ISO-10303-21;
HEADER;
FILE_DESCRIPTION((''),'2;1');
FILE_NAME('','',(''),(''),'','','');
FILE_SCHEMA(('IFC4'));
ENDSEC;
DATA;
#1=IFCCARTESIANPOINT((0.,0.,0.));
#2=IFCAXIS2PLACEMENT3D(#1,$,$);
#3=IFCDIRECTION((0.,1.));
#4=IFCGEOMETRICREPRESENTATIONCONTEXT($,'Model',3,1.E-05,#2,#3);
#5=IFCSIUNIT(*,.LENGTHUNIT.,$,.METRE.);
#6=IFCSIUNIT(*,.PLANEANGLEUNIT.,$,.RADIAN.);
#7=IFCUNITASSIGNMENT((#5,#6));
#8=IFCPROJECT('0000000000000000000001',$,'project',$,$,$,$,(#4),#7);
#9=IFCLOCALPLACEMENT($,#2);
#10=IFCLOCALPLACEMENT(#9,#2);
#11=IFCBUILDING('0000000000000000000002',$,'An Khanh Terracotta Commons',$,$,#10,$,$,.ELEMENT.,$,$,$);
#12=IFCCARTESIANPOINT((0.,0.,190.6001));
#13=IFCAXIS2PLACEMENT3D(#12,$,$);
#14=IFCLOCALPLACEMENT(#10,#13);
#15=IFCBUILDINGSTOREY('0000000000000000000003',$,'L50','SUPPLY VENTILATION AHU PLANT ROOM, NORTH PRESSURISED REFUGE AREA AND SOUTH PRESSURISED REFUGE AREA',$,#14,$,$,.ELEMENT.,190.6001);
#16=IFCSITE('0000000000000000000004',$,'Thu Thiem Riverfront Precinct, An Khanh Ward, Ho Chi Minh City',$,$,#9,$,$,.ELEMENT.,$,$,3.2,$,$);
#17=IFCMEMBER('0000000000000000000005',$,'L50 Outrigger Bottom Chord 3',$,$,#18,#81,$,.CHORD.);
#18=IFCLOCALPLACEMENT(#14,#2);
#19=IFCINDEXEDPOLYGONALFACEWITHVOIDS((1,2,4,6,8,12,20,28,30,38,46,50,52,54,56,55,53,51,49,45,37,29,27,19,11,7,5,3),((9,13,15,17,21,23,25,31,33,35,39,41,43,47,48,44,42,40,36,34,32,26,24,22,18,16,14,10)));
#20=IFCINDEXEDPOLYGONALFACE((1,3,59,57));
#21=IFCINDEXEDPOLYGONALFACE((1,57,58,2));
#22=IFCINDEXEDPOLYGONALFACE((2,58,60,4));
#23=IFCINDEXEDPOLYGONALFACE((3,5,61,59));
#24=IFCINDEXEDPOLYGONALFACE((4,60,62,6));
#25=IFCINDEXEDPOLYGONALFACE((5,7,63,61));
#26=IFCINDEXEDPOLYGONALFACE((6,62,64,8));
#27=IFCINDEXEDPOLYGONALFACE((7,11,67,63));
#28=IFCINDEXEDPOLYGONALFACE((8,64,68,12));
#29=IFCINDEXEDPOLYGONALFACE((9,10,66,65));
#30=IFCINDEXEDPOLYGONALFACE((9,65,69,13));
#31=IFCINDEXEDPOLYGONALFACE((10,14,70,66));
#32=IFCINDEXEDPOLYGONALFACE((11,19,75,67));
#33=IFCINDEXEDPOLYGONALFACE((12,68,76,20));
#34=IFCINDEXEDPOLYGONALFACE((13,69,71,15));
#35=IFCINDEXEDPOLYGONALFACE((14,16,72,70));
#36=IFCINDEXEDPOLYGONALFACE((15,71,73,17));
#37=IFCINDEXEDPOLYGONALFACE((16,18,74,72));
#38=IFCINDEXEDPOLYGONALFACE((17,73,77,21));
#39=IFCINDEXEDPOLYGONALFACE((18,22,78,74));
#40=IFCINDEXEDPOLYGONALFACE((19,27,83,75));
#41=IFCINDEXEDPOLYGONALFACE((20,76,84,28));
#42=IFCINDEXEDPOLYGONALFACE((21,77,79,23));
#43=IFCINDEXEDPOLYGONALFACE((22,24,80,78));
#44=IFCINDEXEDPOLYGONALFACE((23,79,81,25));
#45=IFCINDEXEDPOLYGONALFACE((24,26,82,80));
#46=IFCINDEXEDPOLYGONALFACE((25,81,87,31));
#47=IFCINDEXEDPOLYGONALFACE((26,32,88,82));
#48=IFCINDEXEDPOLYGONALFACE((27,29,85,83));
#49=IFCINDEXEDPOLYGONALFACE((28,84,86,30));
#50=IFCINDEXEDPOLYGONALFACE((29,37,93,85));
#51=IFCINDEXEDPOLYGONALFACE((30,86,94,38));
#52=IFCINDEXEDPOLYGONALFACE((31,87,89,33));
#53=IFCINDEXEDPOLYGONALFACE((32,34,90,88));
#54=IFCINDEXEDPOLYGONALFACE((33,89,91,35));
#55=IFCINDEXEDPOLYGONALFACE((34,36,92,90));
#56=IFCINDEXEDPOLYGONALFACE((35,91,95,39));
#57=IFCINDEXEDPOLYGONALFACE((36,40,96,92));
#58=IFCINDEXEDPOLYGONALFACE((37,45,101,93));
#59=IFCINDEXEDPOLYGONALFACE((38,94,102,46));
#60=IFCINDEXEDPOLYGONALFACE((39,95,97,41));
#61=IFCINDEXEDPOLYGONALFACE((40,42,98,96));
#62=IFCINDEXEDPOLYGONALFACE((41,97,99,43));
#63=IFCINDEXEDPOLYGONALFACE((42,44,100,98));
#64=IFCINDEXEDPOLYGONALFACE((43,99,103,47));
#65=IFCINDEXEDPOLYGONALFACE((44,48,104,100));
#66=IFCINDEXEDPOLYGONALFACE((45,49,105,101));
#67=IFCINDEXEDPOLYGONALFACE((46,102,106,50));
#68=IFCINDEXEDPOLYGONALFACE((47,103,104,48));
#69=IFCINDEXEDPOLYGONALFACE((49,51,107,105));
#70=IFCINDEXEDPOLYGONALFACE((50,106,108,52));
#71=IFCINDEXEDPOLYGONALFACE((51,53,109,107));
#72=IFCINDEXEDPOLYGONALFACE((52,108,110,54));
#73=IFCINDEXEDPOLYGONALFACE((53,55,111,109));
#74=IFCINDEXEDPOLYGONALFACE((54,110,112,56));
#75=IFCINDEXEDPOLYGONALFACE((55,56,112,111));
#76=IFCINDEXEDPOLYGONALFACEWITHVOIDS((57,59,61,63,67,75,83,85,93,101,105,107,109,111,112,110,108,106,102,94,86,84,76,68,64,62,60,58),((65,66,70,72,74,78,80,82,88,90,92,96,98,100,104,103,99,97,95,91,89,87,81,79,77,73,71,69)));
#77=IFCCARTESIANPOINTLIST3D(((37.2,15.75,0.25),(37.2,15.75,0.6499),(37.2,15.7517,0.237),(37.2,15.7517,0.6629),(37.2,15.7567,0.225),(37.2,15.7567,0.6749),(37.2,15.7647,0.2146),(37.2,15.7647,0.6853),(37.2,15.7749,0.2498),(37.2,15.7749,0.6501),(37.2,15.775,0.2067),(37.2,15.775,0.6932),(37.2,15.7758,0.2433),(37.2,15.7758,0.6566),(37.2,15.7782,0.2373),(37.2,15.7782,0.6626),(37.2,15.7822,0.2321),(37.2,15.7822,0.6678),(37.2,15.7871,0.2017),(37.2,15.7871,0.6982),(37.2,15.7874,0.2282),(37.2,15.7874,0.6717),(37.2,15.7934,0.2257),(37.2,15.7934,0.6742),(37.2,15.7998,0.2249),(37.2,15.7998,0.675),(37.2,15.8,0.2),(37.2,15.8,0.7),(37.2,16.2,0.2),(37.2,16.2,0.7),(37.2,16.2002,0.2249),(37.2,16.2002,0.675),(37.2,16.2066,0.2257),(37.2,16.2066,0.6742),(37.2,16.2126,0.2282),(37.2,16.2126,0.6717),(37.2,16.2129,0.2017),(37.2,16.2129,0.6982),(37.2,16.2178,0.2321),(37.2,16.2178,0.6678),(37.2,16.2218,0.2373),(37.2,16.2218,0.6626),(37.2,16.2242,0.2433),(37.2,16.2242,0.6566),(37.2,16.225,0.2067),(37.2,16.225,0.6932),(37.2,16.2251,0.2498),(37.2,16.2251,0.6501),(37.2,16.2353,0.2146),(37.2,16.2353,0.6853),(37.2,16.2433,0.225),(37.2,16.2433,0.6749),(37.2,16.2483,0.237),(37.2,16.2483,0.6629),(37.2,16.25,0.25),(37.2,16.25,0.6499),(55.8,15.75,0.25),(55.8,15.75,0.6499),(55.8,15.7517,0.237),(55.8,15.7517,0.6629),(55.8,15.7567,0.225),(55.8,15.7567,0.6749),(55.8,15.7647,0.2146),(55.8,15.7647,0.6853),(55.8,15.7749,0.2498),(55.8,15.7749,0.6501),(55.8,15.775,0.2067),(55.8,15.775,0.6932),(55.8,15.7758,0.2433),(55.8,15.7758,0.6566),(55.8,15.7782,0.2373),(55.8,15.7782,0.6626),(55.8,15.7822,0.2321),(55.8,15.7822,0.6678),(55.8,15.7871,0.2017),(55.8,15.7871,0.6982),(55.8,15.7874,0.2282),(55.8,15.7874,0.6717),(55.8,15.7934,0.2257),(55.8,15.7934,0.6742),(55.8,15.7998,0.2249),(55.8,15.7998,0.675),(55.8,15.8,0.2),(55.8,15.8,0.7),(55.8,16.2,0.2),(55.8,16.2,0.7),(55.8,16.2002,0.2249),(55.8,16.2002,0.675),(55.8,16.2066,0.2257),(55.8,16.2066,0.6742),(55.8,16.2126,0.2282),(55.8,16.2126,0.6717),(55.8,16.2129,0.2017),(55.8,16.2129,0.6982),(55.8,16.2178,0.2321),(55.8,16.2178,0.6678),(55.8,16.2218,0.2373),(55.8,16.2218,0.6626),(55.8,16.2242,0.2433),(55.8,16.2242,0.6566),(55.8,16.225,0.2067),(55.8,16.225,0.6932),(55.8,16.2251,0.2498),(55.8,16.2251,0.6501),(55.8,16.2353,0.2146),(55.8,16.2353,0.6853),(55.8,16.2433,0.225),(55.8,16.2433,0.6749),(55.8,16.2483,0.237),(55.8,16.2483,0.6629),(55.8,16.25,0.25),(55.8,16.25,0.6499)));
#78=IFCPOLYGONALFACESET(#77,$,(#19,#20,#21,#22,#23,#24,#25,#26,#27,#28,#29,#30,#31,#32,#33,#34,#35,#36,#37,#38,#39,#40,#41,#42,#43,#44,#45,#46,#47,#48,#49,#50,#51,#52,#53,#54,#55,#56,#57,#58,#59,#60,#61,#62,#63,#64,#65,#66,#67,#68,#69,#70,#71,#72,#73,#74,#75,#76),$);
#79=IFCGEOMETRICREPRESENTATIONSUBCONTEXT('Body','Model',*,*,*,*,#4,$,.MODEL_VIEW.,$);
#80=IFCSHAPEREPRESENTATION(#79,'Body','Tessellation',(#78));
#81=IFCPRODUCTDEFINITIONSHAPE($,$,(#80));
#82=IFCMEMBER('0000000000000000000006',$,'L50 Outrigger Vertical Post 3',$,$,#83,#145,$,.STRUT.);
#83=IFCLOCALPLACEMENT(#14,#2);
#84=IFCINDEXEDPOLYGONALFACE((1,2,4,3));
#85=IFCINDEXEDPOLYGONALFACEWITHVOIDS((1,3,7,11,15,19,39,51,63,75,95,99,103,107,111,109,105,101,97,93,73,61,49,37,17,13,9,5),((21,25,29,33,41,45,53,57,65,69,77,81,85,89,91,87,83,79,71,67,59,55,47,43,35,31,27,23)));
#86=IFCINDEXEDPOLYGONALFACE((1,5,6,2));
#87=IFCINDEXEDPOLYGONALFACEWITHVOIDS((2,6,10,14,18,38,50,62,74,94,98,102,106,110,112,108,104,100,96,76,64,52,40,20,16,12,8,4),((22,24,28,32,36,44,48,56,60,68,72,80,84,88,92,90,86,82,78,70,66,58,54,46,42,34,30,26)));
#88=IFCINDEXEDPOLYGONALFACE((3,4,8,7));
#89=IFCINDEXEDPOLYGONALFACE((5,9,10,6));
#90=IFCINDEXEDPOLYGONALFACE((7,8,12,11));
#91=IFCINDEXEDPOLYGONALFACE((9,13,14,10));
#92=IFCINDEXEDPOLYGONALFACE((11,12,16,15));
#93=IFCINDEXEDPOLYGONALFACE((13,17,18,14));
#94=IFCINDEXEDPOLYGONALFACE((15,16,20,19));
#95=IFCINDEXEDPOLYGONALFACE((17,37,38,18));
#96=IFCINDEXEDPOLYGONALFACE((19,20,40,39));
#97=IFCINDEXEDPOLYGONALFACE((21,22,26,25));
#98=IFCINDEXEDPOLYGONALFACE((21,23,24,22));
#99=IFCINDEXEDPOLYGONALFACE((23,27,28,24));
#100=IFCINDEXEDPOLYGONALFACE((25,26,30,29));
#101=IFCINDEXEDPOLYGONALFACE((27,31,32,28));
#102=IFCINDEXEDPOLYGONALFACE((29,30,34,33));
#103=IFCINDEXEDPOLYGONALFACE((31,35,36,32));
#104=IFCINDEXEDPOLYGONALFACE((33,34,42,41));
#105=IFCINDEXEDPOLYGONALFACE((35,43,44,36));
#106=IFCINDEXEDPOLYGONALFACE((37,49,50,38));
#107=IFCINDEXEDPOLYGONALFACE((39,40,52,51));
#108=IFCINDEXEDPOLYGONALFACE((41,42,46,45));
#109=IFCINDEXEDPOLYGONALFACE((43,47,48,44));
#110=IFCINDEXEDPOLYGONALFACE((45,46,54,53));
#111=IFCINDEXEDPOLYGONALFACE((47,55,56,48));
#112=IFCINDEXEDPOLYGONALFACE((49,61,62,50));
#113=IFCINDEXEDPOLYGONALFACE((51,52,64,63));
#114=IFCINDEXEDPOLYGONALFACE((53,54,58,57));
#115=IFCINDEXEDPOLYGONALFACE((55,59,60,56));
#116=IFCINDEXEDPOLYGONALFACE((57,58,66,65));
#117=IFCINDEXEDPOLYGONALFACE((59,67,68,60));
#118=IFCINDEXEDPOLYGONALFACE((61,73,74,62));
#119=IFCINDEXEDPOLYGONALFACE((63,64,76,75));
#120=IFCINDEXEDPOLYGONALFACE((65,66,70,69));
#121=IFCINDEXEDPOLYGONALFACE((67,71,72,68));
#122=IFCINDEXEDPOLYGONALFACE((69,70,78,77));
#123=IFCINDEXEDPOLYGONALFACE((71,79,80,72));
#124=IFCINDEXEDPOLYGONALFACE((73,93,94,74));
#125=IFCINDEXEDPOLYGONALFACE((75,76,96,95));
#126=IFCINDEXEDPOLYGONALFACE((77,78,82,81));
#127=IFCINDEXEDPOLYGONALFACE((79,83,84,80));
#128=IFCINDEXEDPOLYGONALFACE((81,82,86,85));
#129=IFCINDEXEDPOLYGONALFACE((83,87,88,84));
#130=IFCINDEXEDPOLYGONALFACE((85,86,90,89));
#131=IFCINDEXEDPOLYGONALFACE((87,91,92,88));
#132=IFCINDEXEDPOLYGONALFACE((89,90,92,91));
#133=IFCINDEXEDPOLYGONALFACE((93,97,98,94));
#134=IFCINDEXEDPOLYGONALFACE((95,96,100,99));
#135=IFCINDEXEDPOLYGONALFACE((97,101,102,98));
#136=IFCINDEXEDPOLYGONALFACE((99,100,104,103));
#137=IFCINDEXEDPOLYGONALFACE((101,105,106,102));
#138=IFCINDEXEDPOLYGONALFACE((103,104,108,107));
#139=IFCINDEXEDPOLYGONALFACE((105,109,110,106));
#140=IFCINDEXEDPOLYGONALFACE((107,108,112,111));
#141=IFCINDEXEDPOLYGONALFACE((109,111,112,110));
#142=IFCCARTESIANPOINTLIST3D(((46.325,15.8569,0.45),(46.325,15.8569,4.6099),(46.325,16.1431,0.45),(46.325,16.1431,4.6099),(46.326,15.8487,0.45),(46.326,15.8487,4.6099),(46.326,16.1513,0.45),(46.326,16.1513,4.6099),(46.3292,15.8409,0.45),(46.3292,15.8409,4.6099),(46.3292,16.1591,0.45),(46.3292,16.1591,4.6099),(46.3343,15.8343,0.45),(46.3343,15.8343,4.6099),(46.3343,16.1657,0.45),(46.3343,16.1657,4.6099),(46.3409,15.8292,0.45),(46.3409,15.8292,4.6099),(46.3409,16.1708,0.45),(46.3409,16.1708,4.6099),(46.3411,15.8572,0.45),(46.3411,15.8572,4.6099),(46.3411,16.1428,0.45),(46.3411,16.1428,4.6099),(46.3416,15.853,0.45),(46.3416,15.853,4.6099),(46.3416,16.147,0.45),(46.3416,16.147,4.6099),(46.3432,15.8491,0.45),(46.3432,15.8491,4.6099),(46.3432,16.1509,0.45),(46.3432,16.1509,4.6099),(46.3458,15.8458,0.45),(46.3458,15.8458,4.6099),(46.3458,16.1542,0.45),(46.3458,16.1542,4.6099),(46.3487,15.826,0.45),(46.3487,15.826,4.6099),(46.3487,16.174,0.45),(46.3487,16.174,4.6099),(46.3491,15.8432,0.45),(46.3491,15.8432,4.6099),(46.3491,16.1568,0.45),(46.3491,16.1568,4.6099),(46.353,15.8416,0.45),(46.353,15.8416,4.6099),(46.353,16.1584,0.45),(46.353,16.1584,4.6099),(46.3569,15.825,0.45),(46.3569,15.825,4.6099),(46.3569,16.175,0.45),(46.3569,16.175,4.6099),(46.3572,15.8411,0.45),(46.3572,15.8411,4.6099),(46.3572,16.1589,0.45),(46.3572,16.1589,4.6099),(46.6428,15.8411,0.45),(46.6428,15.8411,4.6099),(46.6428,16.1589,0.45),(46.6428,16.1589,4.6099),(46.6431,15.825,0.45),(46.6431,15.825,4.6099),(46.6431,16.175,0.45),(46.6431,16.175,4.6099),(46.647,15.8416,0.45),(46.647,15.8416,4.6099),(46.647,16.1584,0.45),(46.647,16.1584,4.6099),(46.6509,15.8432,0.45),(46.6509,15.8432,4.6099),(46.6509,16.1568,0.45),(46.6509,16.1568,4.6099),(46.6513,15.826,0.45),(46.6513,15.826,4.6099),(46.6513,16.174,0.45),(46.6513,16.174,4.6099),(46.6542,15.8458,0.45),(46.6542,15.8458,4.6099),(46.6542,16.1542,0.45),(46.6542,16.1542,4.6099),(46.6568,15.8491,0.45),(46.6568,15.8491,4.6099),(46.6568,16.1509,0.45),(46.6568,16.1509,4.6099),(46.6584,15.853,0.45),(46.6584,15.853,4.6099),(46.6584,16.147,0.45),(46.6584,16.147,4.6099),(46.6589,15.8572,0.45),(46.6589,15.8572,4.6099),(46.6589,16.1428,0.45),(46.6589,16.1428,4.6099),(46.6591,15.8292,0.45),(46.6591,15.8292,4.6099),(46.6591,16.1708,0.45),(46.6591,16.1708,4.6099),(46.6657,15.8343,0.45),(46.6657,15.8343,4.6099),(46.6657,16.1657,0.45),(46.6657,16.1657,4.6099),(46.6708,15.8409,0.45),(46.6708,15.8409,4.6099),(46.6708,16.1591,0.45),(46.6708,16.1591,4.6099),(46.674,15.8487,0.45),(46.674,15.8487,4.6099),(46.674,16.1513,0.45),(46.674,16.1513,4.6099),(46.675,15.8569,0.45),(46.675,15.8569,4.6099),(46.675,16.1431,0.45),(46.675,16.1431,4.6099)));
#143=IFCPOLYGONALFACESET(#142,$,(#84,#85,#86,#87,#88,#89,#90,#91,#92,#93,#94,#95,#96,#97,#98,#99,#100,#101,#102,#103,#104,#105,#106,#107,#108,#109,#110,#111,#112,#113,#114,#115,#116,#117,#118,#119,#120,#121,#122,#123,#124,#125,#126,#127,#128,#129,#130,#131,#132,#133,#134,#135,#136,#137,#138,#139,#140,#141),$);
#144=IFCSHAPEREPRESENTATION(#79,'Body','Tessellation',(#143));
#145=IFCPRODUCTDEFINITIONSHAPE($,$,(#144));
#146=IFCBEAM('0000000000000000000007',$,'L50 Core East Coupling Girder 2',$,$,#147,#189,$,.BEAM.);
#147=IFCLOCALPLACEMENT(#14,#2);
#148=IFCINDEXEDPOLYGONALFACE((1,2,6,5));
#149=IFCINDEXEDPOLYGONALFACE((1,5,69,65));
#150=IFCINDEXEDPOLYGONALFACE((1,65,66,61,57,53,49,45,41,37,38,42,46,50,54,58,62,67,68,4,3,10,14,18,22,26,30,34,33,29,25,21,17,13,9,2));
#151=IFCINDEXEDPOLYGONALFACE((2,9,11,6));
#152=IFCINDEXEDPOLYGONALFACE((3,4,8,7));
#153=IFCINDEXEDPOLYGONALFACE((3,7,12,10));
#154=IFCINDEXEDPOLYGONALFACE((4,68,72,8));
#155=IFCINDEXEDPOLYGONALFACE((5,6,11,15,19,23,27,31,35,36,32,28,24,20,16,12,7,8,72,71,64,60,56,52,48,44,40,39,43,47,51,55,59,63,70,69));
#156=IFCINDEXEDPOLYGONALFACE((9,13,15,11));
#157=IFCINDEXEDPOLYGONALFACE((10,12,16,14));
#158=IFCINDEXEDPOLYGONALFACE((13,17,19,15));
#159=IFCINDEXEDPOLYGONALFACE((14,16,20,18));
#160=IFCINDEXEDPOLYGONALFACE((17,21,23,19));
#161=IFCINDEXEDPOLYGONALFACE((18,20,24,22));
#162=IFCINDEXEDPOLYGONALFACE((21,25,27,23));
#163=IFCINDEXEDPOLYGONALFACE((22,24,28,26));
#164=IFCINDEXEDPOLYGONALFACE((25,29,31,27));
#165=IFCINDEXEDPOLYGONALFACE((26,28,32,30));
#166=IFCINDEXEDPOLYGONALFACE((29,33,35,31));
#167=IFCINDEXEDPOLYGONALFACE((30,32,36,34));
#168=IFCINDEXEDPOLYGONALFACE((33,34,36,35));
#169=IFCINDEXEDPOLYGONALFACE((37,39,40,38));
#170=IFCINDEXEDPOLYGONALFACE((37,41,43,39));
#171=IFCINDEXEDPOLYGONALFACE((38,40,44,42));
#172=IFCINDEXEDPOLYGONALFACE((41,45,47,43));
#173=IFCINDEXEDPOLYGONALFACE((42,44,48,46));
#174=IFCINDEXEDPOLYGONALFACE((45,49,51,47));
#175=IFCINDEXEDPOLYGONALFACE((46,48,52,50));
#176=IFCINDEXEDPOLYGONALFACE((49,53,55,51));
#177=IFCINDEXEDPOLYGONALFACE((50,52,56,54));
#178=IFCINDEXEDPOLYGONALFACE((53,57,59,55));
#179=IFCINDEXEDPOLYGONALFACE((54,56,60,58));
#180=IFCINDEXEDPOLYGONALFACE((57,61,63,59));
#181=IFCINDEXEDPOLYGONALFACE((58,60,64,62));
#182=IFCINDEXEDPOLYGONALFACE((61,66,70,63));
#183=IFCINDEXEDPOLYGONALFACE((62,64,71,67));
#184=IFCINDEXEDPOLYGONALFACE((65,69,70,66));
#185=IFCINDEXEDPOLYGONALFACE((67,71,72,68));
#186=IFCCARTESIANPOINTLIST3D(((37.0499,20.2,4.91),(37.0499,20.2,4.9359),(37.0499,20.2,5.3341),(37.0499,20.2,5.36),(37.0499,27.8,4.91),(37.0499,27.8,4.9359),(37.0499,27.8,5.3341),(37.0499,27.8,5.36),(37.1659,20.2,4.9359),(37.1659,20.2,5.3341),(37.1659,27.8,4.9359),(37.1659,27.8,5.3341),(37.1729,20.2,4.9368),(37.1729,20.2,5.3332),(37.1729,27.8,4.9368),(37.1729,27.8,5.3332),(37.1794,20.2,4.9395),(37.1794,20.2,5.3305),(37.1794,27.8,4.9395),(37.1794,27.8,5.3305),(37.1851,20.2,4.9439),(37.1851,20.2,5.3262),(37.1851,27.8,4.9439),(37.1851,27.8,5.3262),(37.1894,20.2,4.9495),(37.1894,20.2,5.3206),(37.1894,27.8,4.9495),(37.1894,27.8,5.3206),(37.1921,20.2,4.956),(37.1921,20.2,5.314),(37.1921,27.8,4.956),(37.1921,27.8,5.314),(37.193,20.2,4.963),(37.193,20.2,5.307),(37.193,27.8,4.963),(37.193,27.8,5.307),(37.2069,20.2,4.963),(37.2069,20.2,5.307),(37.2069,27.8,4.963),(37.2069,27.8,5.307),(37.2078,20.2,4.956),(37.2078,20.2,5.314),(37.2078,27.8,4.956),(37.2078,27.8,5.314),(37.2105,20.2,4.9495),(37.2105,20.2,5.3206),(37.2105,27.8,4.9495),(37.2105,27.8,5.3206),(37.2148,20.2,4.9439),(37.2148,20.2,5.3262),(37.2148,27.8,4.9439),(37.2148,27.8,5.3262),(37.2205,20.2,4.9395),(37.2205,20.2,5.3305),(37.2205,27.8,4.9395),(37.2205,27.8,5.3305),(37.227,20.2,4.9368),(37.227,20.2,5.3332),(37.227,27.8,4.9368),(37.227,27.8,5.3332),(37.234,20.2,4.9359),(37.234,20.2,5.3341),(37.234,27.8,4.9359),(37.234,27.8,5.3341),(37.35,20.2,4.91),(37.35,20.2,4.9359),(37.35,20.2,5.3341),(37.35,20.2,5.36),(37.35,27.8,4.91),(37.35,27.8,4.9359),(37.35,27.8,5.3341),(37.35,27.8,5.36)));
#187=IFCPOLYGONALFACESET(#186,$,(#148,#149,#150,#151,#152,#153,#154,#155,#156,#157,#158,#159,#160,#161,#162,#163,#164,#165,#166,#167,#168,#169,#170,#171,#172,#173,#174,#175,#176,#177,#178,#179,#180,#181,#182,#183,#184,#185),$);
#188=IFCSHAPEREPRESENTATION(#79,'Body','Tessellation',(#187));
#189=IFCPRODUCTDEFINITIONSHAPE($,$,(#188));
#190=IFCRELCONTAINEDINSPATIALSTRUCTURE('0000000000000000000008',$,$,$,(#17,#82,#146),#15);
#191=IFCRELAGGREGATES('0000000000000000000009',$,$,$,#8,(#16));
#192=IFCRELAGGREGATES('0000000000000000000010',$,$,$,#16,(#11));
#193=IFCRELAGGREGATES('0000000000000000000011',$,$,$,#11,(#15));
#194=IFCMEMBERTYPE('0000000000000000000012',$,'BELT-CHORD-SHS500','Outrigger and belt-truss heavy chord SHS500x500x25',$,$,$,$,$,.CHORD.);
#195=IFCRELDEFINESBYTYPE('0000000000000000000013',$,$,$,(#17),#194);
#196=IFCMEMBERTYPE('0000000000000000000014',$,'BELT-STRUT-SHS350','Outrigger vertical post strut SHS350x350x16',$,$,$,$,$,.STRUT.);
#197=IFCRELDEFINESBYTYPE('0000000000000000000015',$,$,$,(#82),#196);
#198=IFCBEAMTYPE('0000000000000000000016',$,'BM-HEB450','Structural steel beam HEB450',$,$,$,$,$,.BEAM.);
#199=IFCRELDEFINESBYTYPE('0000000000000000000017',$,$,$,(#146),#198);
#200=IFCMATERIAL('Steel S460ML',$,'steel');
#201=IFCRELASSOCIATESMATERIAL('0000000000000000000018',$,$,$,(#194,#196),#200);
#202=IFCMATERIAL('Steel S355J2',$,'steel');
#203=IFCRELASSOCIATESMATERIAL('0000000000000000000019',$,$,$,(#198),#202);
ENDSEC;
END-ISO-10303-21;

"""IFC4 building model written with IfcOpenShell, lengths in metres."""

from ifc_helpers import new_model, si_unit, direction, frame, origin, origin_2d, place, context, subcontext, project, spatial, hollow_rectangle, i_section, extrude, material, material_profile, profile_set, type_object, element, save


model = new_model("IFC4")

# Units and contexts
model_context = context("Model", 3, precision=1e-05, world=origin(), true_north=direction((0.0, 1.0)))
body_context = subcontext(model_context, "Body", "Model", "MODEL_VIEW")
ifc_project = project(units=[si_unit("LENGTHUNIT", "METRE"), si_unit("PLANEANGLEUNIT", "RADIAN")], contexts=[model_context])

# Site, building, storey
site_placement = place(None, origin())
site = spatial("IfcSite", under=ifc_project, at=site_placement, Name="Thu Thiem Riverfront Precinct, An Khanh Ward, Ho Chi Minh City", CompositionType="ELEMENT", RefElevation=3.2)
building_placement = place(site_placement, origin())
building = spatial("IfcBuilding", under=site, at=building_placement, Name="An Khanh Terracotta Commons", CompositionType="ELEMENT")
storey_placement = place(building_placement, frame((0.0, 0.0, 190.6001)))
storey = spatial("IfcBuildingStorey", under=building, at=storey_placement, Name="L50", Description="SUPPLY VENTILATION AHU PLANT ROOM, NORTH PRESSURISED REFUGE AREA AND SOUTH PRESSURISED REFUGE AREA", CompositionType="ELEMENT", Elevation=190.6001)

# Members
ifc_material_1 = material(Name="Steel S460ML", Category="steel")
ifc_material_profile_1 = material_profile(ifc_material_1, hollow_rectangle(XDim=0.5, YDim=0.5, WallThickness=0.0249, InnerFilletRadius=0.0249, OuterFilletRadius=0.05, at=origin_2d()), Name="SHS500x500x25")
ifc_profile_set_1 = profile_set([ifc_material_profile_1], Name="Steel S460ML")
member_type_1 = type_object("IfcMemberType", Name="BELT-CHORD-SHS500", Description="Outrigger and belt-truss heavy chord SHS500x500x25", PredefinedType="CHORD", material=ifc_profile_set_1)
member_1_placement = place(storey_placement, frame((37.2, 16.0, 0.45), z_axis=(1.0, 0.0, 0.0), x_axis=(0.0, 1.0, 0.0)))
element("IfcMember", 1, at=member_1_placement, inside=storey, type_object=member_type_1, Name="L50 Outrigger Bottom Chord 3", PredefinedType="CHORD", context=body_context, shape_type="SweptSolid", body=[
    extrude(hollow_rectangle(XDim=0.5, YDim=0.5, WallThickness=0.0249, InnerFilletRadius=0.0249, OuterFilletRadius=0.05, at=origin_2d()), origin(), (0.0, 0.0, 1.0), 18.6001),
])
ifc_material_profile_2 = material_profile(ifc_material_1, hollow_rectangle(XDim=0.3501, YDim=0.3501, WallThickness=0.0161, InnerFilletRadius=0.0161, OuterFilletRadius=0.032, at=origin_2d()), Name="SHS350x350x16")
ifc_profile_set_2 = profile_set([ifc_material_profile_2], Name="Steel S460ML")
member_type_2 = type_object("IfcMemberType", Name="BELT-STRUT-SHS350", Description="Outrigger vertical post strut SHS350x350x16", PredefinedType="STRUT", material=ifc_profile_set_2)
member_2_placement = place(storey_placement, frame((46.5, 16.0, 0.45), z_axis=(0.0, 0.0, 1.0), x_axis=(1.0, 0.0, 0.0)))
element("IfcMember", 2, at=member_2_placement, inside=storey, type_object=member_type_2, Name="L50 Outrigger Vertical Post 3", PredefinedType="STRUT", context=body_context, shape_type="SweptSolid", body=[
    extrude(hollow_rectangle(XDim=0.3501, YDim=0.3501, WallThickness=0.0161, InnerFilletRadius=0.0161, OuterFilletRadius=0.032, at=origin_2d()), origin(), (0.0, 0.0, 1.0), 4.1599),
])

# Beam
ifc_material_2 = material(Name="Steel S355J2", Category="steel")
ifc_material_profile_3 = material_profile(ifc_material_2, i_section(OverallWidth=0.3, OverallDepth=0.45, WebThickness=0.0139, FlangeThickness=0.0259, FilletRadius=0.0271, at=origin_2d()), Name="HEB450")
ifc_profile_set_3 = profile_set([ifc_material_profile_3], Name="Steel S355J2")
beam_type_1 = type_object("IfcBeamType", Name="BM-HEB450", Description="Structural steel beam HEB450", PredefinedType="BEAM", material=ifc_profile_set_3)
beam_1_placement = place(storey_placement, frame((37.2, 20.2, 5.135), z_axis=(0.0, 1.0, 0.0), x_axis=(-1.0, 0.0, 0.0)))
element("IfcBeam", 3, at=beam_1_placement, inside=storey, type_object=beam_type_1, Name="L50 Core East Coupling Girder 2", PredefinedType="BEAM", context=body_context, shape_type="SweptSolid", body=[
    extrude(i_section(OverallWidth=0.3, OverallDepth=0.45, WebThickness=0.0139, FlangeThickness=0.0259, FilletRadius=0.0271, at=origin_2d()), origin(), (0.0, 0.0, 1.0), 7.6001),
])

save(model, "model.ifc")
